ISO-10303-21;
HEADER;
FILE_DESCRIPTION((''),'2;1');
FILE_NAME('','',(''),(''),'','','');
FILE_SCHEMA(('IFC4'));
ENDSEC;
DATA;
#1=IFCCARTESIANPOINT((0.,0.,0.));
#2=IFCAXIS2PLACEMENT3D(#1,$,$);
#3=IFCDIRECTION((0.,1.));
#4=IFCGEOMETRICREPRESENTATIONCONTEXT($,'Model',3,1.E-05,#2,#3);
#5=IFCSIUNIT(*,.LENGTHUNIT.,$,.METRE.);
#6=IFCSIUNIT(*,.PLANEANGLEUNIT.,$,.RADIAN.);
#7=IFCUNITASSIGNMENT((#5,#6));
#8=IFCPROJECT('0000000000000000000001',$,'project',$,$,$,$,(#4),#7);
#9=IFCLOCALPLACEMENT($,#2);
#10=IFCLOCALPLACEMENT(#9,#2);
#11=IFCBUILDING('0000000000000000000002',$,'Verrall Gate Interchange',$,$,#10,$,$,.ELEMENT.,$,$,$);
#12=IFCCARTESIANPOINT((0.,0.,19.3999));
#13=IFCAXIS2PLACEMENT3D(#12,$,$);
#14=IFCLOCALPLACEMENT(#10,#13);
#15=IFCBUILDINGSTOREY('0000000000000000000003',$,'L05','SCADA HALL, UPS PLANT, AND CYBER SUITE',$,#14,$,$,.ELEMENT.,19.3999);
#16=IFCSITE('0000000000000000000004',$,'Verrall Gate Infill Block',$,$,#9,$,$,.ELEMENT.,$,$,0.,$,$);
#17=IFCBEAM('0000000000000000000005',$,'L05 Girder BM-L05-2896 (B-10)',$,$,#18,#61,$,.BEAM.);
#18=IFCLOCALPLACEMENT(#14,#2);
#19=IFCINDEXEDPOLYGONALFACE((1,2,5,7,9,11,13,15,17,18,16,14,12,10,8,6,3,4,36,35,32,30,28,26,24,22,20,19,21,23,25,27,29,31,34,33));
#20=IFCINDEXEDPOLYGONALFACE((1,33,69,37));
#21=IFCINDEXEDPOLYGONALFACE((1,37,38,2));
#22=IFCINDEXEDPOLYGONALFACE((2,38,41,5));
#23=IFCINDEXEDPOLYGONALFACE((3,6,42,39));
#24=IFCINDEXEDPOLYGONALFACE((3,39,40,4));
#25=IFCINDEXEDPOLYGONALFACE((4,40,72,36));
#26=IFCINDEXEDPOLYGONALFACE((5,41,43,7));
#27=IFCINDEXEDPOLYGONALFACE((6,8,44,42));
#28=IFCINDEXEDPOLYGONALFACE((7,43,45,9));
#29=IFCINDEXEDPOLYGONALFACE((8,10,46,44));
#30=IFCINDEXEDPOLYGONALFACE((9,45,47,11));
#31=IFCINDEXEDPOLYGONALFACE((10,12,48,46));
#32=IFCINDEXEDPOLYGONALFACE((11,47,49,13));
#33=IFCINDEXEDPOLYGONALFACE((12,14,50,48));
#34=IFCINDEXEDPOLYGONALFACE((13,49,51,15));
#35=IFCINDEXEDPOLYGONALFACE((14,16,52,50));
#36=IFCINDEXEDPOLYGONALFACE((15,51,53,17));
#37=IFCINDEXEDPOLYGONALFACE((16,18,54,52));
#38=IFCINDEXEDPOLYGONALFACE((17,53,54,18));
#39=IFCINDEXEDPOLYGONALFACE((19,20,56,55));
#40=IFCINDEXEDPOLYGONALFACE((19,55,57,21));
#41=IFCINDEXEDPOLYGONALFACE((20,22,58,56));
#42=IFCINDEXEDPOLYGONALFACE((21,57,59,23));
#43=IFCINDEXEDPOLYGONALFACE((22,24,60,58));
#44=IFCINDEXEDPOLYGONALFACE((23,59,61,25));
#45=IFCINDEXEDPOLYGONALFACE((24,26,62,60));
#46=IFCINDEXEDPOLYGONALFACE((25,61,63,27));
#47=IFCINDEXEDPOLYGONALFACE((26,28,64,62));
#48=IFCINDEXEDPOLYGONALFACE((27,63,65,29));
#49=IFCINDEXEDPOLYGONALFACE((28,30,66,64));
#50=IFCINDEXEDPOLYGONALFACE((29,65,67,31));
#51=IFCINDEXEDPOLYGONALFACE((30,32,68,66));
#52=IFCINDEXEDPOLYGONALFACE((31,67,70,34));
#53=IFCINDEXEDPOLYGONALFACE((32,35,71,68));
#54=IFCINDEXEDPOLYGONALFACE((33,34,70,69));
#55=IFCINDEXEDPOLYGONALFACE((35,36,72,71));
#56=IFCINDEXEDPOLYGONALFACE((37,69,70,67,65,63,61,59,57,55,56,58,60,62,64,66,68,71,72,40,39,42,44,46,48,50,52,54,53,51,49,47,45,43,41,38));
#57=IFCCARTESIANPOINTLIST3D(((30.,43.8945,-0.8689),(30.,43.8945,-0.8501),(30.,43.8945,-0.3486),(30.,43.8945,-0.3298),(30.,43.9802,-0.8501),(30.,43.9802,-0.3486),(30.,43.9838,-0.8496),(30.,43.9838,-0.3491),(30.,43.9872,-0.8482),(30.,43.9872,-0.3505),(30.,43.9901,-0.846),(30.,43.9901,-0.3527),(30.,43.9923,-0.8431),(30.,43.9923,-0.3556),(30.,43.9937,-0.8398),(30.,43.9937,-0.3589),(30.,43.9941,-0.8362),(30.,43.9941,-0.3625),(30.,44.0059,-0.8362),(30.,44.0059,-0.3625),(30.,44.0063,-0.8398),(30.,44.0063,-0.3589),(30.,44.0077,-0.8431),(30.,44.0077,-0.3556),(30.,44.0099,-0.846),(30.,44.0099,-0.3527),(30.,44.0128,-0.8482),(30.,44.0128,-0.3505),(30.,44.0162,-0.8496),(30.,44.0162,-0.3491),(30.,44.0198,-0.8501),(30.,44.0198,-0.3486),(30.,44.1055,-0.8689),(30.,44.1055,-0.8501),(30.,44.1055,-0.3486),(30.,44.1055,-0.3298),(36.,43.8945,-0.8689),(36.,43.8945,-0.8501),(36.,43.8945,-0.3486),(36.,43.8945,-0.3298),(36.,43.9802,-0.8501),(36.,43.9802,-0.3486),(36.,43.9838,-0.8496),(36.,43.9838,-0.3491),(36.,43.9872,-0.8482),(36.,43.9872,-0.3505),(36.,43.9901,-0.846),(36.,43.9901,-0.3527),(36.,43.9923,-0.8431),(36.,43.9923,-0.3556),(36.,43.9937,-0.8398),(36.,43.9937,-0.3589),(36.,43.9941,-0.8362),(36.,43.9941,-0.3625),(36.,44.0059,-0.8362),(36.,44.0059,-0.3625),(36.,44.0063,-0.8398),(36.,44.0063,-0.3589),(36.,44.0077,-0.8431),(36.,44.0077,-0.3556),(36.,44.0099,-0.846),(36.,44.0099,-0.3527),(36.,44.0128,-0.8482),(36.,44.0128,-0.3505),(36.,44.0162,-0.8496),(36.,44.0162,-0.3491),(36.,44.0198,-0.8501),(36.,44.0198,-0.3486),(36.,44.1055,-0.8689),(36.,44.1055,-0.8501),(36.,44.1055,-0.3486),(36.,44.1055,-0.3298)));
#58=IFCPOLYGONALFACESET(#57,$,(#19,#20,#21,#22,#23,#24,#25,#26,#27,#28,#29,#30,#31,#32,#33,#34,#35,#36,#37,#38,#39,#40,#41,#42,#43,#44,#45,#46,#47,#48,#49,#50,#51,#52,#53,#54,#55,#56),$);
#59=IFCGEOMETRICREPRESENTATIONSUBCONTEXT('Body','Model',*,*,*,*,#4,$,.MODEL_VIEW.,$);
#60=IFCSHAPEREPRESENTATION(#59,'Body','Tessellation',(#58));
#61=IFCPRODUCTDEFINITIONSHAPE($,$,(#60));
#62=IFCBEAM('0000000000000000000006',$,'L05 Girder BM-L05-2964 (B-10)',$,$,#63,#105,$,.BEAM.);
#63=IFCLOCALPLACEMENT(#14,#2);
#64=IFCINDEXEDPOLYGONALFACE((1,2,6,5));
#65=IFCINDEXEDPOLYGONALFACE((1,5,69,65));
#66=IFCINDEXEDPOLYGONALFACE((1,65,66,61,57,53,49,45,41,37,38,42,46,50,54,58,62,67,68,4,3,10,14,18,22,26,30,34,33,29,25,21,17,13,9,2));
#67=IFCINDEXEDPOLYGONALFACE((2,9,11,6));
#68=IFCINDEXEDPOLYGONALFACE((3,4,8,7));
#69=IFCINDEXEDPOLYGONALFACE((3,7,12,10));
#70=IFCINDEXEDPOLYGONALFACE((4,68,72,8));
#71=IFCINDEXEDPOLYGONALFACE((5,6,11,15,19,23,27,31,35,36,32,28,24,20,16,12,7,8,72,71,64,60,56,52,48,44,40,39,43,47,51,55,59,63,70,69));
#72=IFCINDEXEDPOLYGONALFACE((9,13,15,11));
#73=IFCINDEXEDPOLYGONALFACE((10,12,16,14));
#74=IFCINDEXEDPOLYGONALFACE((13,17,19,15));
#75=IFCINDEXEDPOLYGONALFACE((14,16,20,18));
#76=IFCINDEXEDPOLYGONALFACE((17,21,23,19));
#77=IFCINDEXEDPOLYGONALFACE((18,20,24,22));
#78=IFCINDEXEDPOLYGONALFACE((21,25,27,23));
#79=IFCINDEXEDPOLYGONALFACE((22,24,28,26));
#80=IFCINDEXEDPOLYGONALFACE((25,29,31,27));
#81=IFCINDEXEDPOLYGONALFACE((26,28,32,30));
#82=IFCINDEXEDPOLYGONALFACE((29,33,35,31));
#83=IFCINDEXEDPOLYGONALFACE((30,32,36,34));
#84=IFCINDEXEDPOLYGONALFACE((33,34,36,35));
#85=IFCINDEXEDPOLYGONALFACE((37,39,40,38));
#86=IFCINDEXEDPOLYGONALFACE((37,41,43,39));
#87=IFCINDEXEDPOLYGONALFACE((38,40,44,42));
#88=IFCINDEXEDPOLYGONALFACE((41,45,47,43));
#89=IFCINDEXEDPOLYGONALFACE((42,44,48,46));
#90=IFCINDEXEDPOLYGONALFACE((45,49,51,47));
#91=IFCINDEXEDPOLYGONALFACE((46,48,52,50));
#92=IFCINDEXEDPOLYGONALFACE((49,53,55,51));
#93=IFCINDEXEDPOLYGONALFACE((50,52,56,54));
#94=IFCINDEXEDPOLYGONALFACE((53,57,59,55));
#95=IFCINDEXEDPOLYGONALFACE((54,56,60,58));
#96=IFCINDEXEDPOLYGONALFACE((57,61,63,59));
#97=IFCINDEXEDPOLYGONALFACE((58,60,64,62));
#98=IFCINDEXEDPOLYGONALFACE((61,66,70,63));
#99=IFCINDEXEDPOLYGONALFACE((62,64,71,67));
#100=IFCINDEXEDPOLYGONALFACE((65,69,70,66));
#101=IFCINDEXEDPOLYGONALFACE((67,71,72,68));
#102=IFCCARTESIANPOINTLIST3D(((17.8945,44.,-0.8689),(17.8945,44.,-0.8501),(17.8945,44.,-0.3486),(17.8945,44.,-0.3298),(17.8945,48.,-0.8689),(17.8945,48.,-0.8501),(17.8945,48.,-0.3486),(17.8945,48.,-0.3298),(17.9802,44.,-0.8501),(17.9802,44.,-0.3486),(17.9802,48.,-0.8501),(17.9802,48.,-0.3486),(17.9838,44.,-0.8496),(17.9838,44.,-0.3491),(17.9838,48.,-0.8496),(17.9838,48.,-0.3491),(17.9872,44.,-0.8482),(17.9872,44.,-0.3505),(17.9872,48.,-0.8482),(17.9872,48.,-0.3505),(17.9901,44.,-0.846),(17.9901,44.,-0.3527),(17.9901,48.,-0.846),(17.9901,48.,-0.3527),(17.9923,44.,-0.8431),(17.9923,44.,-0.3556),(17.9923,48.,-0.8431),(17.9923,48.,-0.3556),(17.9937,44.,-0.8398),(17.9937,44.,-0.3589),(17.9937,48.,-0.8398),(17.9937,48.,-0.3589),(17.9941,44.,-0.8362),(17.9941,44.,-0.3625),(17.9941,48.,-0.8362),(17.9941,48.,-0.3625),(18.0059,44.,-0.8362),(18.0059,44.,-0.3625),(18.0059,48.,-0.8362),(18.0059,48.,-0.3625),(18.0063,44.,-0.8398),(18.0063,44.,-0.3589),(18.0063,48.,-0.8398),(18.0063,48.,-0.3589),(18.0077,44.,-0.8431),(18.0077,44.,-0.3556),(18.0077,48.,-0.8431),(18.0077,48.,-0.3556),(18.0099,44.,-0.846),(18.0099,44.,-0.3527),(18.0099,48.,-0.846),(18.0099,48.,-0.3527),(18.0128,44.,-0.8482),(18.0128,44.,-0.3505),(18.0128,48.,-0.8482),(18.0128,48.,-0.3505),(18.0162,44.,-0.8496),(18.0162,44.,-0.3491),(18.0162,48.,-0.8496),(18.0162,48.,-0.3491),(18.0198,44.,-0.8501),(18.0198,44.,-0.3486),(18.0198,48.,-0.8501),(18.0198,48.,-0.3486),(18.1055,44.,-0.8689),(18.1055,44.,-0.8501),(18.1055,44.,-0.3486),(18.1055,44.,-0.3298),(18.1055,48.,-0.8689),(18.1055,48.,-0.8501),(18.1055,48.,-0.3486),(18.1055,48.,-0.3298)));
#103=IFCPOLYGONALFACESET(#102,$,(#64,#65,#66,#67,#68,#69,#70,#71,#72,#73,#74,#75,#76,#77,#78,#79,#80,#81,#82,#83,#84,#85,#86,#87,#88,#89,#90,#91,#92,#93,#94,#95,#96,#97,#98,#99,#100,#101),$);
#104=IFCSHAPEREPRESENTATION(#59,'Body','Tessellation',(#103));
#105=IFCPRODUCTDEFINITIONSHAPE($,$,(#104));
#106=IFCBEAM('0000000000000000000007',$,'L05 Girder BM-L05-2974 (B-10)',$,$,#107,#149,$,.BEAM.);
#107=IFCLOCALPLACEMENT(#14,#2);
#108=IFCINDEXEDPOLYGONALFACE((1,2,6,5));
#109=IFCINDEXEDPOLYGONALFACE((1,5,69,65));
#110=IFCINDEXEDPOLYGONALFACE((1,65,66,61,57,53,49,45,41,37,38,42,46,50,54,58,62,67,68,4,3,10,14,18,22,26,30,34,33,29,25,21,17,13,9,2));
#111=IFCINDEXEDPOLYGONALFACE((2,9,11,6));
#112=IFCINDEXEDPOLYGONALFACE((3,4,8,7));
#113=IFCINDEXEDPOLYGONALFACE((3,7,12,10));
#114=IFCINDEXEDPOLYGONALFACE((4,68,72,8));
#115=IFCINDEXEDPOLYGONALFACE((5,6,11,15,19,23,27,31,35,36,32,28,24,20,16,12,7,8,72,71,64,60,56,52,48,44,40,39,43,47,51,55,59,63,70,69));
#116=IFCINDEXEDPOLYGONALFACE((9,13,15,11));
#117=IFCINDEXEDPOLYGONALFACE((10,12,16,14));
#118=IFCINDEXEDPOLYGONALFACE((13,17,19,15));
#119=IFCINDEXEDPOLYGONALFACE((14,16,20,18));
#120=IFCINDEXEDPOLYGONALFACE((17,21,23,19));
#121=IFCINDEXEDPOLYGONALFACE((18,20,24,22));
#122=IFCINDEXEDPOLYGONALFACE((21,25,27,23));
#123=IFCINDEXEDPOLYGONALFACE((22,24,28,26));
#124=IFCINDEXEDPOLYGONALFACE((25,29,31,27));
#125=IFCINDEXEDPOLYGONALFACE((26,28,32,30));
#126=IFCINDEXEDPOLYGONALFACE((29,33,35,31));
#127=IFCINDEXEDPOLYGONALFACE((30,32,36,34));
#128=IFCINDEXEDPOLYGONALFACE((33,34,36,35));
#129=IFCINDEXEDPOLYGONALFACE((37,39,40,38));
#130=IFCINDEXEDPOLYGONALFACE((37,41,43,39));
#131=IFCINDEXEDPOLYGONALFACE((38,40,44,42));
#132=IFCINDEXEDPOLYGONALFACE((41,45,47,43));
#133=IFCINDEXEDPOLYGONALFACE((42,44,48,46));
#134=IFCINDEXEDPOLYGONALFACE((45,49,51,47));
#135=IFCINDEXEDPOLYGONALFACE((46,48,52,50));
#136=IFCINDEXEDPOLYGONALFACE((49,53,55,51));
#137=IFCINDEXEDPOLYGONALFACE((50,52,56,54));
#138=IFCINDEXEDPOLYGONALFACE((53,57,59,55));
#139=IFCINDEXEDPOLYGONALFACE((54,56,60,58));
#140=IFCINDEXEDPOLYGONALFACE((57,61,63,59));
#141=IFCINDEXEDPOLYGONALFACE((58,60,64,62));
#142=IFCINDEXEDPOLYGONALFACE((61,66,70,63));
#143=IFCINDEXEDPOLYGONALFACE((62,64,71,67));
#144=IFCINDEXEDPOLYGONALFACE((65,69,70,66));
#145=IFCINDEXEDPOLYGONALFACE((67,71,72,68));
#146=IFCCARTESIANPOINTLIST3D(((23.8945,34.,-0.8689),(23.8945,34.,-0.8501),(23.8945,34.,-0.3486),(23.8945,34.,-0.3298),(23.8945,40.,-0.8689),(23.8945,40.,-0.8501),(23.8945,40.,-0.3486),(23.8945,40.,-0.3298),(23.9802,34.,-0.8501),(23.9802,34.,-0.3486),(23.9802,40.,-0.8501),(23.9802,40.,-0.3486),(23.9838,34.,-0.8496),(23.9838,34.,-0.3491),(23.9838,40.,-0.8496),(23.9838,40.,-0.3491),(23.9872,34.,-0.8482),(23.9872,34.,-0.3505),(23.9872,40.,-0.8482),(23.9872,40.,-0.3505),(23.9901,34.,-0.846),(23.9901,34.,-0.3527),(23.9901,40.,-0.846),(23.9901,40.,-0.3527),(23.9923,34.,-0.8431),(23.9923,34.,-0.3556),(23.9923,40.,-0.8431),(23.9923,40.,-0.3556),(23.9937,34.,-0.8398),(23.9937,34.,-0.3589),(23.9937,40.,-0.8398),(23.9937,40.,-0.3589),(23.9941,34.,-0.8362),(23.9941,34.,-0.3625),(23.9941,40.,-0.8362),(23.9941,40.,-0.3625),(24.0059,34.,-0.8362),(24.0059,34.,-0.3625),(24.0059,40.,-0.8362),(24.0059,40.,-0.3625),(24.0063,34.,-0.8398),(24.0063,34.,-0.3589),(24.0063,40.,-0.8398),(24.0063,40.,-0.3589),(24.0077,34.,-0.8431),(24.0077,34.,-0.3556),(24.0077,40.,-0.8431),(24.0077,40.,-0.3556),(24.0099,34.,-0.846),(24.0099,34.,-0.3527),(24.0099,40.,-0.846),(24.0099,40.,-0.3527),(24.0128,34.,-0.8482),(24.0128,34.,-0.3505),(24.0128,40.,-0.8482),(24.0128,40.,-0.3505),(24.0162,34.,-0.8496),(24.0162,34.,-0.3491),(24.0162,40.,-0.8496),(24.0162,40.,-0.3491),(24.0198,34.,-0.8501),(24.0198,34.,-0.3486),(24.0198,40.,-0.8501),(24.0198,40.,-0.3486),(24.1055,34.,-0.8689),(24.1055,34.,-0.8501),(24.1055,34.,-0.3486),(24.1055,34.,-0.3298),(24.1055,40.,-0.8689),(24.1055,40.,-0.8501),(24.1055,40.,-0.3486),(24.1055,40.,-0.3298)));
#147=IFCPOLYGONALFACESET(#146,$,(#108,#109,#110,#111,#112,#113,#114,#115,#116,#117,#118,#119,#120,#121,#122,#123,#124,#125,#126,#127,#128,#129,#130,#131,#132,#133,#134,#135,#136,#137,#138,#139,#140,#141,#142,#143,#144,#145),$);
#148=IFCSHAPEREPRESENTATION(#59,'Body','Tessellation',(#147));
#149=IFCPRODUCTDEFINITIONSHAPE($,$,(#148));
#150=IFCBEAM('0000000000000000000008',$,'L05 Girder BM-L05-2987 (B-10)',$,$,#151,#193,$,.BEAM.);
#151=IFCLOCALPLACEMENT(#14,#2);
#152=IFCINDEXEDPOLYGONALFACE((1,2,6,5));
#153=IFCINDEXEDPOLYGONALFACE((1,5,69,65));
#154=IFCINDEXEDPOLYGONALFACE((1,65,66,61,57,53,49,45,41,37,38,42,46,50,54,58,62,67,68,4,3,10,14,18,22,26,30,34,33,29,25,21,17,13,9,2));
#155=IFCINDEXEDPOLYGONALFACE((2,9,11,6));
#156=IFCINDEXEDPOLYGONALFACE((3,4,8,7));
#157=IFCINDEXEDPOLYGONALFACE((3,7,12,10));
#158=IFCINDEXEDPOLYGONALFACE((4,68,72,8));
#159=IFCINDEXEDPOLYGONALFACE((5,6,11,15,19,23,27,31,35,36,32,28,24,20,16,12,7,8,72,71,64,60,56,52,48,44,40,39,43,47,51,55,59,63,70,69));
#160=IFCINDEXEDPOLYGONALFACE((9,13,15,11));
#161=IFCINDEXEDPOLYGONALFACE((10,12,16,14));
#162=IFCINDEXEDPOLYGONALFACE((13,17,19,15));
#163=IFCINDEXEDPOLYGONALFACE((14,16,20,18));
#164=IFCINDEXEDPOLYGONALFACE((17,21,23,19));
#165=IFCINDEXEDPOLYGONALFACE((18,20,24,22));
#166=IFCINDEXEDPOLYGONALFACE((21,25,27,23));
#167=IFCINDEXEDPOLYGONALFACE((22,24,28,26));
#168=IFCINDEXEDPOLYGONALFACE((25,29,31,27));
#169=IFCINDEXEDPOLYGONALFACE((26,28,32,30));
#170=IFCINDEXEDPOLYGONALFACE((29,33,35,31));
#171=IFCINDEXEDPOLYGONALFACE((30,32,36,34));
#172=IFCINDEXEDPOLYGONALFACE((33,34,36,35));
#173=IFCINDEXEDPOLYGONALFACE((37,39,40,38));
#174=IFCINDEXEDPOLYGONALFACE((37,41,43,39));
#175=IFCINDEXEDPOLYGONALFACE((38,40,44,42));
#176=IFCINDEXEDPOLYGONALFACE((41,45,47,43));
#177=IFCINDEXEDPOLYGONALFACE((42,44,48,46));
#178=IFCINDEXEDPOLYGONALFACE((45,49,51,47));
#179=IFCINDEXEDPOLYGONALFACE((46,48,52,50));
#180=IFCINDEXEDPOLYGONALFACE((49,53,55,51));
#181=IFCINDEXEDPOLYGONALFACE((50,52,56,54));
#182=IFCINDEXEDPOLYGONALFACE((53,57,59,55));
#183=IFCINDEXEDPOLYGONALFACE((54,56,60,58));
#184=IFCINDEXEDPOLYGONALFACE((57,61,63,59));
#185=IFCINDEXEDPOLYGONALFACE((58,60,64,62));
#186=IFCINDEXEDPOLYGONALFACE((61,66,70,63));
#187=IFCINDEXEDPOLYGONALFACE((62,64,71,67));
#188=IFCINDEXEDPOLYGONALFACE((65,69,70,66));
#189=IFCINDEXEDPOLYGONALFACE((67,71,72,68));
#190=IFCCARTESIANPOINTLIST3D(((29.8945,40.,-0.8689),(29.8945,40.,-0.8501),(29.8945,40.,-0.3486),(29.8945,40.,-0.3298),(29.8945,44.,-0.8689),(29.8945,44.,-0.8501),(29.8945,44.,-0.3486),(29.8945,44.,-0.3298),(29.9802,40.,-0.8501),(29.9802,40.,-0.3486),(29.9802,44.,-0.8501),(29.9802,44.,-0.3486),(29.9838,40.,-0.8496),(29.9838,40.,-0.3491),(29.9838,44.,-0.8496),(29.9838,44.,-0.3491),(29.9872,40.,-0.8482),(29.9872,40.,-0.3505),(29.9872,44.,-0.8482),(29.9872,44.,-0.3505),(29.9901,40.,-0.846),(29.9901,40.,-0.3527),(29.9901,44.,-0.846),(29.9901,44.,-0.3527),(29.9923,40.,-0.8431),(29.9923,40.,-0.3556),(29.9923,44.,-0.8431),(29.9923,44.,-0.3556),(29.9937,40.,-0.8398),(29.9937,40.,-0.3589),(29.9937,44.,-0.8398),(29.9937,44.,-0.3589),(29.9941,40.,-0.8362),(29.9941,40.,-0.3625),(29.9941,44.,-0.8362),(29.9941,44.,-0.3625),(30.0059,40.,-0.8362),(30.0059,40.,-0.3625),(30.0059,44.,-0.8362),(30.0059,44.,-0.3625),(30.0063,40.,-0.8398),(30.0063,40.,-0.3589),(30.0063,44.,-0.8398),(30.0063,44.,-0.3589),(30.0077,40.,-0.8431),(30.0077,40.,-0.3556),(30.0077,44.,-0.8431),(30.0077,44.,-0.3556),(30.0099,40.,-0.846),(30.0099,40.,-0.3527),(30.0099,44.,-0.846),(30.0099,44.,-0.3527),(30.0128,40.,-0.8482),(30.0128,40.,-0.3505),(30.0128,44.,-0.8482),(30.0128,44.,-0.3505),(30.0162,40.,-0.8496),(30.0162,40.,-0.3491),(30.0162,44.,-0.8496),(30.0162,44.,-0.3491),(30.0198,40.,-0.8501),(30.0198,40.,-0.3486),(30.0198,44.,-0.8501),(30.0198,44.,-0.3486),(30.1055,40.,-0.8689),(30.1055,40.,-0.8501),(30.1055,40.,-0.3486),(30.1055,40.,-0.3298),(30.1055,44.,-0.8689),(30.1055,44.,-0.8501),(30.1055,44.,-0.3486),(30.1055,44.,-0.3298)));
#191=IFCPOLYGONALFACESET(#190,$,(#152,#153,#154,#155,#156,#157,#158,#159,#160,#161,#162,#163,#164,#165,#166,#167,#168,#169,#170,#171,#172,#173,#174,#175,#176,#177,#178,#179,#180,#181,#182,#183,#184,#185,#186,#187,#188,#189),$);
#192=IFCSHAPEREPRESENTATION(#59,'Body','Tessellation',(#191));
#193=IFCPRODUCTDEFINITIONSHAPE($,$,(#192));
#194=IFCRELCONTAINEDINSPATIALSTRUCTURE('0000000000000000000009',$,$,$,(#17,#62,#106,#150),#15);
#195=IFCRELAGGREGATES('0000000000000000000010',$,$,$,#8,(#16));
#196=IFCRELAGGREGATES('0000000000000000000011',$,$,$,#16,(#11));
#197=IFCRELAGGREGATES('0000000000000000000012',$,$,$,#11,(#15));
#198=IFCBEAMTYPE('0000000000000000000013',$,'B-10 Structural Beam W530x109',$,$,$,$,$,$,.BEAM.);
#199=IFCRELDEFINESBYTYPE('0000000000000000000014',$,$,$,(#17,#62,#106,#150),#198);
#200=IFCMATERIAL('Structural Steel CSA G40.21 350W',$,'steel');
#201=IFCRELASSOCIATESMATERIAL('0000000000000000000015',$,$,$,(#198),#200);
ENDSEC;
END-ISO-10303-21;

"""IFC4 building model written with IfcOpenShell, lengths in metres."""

from ifc_helpers import new_model, si_unit, direction, frame, origin, origin_2d, place, context, subcontext, project, spatial, i_section, extrude, material, material_profile, profile_set, type_object, element, save


model = new_model("IFC4")

# Units and contexts
model_context = context("Model", 3, precision=1e-05, world=origin(), true_north=direction((0.0, 1.0)))
body_context = subcontext(model_context, "Body", "Model", "MODEL_VIEW")
ifc_project = project(units=[si_unit("LENGTHUNIT", "METRE"), si_unit("PLANEANGLEUNIT", "RADIAN")], contexts=[model_context])

# Site, building, storey
site_placement = place(None, origin())
site = spatial("IfcSite", under=ifc_project, at=site_placement, Name="Verrall Gate Infill Block", CompositionType="ELEMENT", RefElevation=0.0)
building_placement = place(site_placement, origin())
building = spatial("IfcBuilding", under=site, at=building_placement, Name="Verrall Gate Interchange", CompositionType="ELEMENT")
storey_placement = place(building_placement, frame((0.0, 0.0, 19.3999)))
storey = spatial("IfcBuildingStorey", under=building, at=storey_placement, Name="L05", Description="SCADA HALL, UPS PLANT, AND CYBER SUITE", CompositionType="ELEMENT", Elevation=19.3999)

# Beams
ifc_material_1 = material(Name="Structural Steel CSA G40.21 350W", Category="steel")
ifc_material_profile_1 = material_profile(ifc_material_1, i_section(OverallWidth=0.2109, OverallDepth=0.5391, WebThickness=0.0117, FlangeThickness=0.0188, FilletRadius=0.0139, at=origin_2d()), Name="W530x109")
ifc_profile_set_1 = profile_set([ifc_material_profile_1], Name="Structural Steel CSA G40.21 350W")
beam_type_1 = type_object("IfcBeamType", Name="B-10 Structural Beam W530x109", PredefinedType="BEAM", material=ifc_profile_set_1)
for number, where, z_axis, x_axis, name in (
    (1, (30.0, 44.0, -0.5994), (1.0, 0.0, 0.0), (0.0, 1.0, 0.0), "L05 Girder BM-L05-2896 (B-10)"),
):
    element("IfcBeam", number, at=place(storey_placement, frame(where, z_axis=z_axis, x_axis=x_axis)), inside=storey, type_object=beam_type_1, Name=name, PredefinedType="BEAM", context=body_context, shape_type="SweptSolid", body=[
        extrude(i_section(OverallWidth=0.2109, OverallDepth=0.5391, WebThickness=0.0117, FlangeThickness=0.0188, FilletRadius=0.0139, at=origin_2d()), origin(), (0.0, 0.0, 1.0), 6.0),
    ])
beam_1_placement = place(storey_placement, frame((18.0, 44.0, -0.5994), z_axis=(0.0, 1.0, 0.0), x_axis=(-1.0, 0.0, 0.0)))
element("IfcBeam", 2, at=beam_1_placement, inside=storey, type_object=beam_type_1, Name="L05 Girder BM-L05-2964 (B-10)", PredefinedType="BEAM", context=body_context, shape_type="SweptSolid", body=[
    extrude(i_section(OverallWidth=0.2109, OverallDepth=0.5391, WebThickness=0.0117, FlangeThickness=0.0188, FilletRadius=0.0139, at=origin_2d()), origin(), (0.0, 0.0, 1.0), 4.0),
])
beam_2_placement = place(storey_placement, frame((24.0, 34.0, -0.5994), z_axis=(0.0, 1.0, 0.0), x_axis=(-1.0, 0.0, 0.0)))
element("IfcBeam", 3, at=beam_2_placement, inside=storey, type_object=beam_type_1, Name="L05 Girder BM-L05-2974 (B-10)", PredefinedType="BEAM", context=body_context, shape_type="SweptSolid", body=[
    extrude(i_section(OverallWidth=0.2109, OverallDepth=0.5391, WebThickness=0.0117, FlangeThickness=0.0188, FilletRadius=0.0139, at=origin_2d()), origin(), (0.0, 0.0, 1.0), 6.0),
])
for number, where, z_axis, x_axis, name in (
    (4, (30.0, 40.0, -0.5994), (0.0, 1.0, 0.0), (-1.0, 0.0, 0.0), "L05 Girder BM-L05-2987 (B-10)"),
):
    element("IfcBeam", number, at=place(storey_placement, frame(where, z_axis=z_axis, x_axis=x_axis)), inside=storey, type_object=beam_type_1, Name=name, PredefinedType="BEAM", context=body_context, shape_type="SweptSolid", body=[
        extrude(i_section(OverallWidth=0.2109, OverallDepth=0.5391, WebThickness=0.0117, FlangeThickness=0.0188, FilletRadius=0.0139, at=origin_2d()), origin(), (0.0, 0.0, 1.0), 4.0),
    ])

save(model, "model.ifc")
